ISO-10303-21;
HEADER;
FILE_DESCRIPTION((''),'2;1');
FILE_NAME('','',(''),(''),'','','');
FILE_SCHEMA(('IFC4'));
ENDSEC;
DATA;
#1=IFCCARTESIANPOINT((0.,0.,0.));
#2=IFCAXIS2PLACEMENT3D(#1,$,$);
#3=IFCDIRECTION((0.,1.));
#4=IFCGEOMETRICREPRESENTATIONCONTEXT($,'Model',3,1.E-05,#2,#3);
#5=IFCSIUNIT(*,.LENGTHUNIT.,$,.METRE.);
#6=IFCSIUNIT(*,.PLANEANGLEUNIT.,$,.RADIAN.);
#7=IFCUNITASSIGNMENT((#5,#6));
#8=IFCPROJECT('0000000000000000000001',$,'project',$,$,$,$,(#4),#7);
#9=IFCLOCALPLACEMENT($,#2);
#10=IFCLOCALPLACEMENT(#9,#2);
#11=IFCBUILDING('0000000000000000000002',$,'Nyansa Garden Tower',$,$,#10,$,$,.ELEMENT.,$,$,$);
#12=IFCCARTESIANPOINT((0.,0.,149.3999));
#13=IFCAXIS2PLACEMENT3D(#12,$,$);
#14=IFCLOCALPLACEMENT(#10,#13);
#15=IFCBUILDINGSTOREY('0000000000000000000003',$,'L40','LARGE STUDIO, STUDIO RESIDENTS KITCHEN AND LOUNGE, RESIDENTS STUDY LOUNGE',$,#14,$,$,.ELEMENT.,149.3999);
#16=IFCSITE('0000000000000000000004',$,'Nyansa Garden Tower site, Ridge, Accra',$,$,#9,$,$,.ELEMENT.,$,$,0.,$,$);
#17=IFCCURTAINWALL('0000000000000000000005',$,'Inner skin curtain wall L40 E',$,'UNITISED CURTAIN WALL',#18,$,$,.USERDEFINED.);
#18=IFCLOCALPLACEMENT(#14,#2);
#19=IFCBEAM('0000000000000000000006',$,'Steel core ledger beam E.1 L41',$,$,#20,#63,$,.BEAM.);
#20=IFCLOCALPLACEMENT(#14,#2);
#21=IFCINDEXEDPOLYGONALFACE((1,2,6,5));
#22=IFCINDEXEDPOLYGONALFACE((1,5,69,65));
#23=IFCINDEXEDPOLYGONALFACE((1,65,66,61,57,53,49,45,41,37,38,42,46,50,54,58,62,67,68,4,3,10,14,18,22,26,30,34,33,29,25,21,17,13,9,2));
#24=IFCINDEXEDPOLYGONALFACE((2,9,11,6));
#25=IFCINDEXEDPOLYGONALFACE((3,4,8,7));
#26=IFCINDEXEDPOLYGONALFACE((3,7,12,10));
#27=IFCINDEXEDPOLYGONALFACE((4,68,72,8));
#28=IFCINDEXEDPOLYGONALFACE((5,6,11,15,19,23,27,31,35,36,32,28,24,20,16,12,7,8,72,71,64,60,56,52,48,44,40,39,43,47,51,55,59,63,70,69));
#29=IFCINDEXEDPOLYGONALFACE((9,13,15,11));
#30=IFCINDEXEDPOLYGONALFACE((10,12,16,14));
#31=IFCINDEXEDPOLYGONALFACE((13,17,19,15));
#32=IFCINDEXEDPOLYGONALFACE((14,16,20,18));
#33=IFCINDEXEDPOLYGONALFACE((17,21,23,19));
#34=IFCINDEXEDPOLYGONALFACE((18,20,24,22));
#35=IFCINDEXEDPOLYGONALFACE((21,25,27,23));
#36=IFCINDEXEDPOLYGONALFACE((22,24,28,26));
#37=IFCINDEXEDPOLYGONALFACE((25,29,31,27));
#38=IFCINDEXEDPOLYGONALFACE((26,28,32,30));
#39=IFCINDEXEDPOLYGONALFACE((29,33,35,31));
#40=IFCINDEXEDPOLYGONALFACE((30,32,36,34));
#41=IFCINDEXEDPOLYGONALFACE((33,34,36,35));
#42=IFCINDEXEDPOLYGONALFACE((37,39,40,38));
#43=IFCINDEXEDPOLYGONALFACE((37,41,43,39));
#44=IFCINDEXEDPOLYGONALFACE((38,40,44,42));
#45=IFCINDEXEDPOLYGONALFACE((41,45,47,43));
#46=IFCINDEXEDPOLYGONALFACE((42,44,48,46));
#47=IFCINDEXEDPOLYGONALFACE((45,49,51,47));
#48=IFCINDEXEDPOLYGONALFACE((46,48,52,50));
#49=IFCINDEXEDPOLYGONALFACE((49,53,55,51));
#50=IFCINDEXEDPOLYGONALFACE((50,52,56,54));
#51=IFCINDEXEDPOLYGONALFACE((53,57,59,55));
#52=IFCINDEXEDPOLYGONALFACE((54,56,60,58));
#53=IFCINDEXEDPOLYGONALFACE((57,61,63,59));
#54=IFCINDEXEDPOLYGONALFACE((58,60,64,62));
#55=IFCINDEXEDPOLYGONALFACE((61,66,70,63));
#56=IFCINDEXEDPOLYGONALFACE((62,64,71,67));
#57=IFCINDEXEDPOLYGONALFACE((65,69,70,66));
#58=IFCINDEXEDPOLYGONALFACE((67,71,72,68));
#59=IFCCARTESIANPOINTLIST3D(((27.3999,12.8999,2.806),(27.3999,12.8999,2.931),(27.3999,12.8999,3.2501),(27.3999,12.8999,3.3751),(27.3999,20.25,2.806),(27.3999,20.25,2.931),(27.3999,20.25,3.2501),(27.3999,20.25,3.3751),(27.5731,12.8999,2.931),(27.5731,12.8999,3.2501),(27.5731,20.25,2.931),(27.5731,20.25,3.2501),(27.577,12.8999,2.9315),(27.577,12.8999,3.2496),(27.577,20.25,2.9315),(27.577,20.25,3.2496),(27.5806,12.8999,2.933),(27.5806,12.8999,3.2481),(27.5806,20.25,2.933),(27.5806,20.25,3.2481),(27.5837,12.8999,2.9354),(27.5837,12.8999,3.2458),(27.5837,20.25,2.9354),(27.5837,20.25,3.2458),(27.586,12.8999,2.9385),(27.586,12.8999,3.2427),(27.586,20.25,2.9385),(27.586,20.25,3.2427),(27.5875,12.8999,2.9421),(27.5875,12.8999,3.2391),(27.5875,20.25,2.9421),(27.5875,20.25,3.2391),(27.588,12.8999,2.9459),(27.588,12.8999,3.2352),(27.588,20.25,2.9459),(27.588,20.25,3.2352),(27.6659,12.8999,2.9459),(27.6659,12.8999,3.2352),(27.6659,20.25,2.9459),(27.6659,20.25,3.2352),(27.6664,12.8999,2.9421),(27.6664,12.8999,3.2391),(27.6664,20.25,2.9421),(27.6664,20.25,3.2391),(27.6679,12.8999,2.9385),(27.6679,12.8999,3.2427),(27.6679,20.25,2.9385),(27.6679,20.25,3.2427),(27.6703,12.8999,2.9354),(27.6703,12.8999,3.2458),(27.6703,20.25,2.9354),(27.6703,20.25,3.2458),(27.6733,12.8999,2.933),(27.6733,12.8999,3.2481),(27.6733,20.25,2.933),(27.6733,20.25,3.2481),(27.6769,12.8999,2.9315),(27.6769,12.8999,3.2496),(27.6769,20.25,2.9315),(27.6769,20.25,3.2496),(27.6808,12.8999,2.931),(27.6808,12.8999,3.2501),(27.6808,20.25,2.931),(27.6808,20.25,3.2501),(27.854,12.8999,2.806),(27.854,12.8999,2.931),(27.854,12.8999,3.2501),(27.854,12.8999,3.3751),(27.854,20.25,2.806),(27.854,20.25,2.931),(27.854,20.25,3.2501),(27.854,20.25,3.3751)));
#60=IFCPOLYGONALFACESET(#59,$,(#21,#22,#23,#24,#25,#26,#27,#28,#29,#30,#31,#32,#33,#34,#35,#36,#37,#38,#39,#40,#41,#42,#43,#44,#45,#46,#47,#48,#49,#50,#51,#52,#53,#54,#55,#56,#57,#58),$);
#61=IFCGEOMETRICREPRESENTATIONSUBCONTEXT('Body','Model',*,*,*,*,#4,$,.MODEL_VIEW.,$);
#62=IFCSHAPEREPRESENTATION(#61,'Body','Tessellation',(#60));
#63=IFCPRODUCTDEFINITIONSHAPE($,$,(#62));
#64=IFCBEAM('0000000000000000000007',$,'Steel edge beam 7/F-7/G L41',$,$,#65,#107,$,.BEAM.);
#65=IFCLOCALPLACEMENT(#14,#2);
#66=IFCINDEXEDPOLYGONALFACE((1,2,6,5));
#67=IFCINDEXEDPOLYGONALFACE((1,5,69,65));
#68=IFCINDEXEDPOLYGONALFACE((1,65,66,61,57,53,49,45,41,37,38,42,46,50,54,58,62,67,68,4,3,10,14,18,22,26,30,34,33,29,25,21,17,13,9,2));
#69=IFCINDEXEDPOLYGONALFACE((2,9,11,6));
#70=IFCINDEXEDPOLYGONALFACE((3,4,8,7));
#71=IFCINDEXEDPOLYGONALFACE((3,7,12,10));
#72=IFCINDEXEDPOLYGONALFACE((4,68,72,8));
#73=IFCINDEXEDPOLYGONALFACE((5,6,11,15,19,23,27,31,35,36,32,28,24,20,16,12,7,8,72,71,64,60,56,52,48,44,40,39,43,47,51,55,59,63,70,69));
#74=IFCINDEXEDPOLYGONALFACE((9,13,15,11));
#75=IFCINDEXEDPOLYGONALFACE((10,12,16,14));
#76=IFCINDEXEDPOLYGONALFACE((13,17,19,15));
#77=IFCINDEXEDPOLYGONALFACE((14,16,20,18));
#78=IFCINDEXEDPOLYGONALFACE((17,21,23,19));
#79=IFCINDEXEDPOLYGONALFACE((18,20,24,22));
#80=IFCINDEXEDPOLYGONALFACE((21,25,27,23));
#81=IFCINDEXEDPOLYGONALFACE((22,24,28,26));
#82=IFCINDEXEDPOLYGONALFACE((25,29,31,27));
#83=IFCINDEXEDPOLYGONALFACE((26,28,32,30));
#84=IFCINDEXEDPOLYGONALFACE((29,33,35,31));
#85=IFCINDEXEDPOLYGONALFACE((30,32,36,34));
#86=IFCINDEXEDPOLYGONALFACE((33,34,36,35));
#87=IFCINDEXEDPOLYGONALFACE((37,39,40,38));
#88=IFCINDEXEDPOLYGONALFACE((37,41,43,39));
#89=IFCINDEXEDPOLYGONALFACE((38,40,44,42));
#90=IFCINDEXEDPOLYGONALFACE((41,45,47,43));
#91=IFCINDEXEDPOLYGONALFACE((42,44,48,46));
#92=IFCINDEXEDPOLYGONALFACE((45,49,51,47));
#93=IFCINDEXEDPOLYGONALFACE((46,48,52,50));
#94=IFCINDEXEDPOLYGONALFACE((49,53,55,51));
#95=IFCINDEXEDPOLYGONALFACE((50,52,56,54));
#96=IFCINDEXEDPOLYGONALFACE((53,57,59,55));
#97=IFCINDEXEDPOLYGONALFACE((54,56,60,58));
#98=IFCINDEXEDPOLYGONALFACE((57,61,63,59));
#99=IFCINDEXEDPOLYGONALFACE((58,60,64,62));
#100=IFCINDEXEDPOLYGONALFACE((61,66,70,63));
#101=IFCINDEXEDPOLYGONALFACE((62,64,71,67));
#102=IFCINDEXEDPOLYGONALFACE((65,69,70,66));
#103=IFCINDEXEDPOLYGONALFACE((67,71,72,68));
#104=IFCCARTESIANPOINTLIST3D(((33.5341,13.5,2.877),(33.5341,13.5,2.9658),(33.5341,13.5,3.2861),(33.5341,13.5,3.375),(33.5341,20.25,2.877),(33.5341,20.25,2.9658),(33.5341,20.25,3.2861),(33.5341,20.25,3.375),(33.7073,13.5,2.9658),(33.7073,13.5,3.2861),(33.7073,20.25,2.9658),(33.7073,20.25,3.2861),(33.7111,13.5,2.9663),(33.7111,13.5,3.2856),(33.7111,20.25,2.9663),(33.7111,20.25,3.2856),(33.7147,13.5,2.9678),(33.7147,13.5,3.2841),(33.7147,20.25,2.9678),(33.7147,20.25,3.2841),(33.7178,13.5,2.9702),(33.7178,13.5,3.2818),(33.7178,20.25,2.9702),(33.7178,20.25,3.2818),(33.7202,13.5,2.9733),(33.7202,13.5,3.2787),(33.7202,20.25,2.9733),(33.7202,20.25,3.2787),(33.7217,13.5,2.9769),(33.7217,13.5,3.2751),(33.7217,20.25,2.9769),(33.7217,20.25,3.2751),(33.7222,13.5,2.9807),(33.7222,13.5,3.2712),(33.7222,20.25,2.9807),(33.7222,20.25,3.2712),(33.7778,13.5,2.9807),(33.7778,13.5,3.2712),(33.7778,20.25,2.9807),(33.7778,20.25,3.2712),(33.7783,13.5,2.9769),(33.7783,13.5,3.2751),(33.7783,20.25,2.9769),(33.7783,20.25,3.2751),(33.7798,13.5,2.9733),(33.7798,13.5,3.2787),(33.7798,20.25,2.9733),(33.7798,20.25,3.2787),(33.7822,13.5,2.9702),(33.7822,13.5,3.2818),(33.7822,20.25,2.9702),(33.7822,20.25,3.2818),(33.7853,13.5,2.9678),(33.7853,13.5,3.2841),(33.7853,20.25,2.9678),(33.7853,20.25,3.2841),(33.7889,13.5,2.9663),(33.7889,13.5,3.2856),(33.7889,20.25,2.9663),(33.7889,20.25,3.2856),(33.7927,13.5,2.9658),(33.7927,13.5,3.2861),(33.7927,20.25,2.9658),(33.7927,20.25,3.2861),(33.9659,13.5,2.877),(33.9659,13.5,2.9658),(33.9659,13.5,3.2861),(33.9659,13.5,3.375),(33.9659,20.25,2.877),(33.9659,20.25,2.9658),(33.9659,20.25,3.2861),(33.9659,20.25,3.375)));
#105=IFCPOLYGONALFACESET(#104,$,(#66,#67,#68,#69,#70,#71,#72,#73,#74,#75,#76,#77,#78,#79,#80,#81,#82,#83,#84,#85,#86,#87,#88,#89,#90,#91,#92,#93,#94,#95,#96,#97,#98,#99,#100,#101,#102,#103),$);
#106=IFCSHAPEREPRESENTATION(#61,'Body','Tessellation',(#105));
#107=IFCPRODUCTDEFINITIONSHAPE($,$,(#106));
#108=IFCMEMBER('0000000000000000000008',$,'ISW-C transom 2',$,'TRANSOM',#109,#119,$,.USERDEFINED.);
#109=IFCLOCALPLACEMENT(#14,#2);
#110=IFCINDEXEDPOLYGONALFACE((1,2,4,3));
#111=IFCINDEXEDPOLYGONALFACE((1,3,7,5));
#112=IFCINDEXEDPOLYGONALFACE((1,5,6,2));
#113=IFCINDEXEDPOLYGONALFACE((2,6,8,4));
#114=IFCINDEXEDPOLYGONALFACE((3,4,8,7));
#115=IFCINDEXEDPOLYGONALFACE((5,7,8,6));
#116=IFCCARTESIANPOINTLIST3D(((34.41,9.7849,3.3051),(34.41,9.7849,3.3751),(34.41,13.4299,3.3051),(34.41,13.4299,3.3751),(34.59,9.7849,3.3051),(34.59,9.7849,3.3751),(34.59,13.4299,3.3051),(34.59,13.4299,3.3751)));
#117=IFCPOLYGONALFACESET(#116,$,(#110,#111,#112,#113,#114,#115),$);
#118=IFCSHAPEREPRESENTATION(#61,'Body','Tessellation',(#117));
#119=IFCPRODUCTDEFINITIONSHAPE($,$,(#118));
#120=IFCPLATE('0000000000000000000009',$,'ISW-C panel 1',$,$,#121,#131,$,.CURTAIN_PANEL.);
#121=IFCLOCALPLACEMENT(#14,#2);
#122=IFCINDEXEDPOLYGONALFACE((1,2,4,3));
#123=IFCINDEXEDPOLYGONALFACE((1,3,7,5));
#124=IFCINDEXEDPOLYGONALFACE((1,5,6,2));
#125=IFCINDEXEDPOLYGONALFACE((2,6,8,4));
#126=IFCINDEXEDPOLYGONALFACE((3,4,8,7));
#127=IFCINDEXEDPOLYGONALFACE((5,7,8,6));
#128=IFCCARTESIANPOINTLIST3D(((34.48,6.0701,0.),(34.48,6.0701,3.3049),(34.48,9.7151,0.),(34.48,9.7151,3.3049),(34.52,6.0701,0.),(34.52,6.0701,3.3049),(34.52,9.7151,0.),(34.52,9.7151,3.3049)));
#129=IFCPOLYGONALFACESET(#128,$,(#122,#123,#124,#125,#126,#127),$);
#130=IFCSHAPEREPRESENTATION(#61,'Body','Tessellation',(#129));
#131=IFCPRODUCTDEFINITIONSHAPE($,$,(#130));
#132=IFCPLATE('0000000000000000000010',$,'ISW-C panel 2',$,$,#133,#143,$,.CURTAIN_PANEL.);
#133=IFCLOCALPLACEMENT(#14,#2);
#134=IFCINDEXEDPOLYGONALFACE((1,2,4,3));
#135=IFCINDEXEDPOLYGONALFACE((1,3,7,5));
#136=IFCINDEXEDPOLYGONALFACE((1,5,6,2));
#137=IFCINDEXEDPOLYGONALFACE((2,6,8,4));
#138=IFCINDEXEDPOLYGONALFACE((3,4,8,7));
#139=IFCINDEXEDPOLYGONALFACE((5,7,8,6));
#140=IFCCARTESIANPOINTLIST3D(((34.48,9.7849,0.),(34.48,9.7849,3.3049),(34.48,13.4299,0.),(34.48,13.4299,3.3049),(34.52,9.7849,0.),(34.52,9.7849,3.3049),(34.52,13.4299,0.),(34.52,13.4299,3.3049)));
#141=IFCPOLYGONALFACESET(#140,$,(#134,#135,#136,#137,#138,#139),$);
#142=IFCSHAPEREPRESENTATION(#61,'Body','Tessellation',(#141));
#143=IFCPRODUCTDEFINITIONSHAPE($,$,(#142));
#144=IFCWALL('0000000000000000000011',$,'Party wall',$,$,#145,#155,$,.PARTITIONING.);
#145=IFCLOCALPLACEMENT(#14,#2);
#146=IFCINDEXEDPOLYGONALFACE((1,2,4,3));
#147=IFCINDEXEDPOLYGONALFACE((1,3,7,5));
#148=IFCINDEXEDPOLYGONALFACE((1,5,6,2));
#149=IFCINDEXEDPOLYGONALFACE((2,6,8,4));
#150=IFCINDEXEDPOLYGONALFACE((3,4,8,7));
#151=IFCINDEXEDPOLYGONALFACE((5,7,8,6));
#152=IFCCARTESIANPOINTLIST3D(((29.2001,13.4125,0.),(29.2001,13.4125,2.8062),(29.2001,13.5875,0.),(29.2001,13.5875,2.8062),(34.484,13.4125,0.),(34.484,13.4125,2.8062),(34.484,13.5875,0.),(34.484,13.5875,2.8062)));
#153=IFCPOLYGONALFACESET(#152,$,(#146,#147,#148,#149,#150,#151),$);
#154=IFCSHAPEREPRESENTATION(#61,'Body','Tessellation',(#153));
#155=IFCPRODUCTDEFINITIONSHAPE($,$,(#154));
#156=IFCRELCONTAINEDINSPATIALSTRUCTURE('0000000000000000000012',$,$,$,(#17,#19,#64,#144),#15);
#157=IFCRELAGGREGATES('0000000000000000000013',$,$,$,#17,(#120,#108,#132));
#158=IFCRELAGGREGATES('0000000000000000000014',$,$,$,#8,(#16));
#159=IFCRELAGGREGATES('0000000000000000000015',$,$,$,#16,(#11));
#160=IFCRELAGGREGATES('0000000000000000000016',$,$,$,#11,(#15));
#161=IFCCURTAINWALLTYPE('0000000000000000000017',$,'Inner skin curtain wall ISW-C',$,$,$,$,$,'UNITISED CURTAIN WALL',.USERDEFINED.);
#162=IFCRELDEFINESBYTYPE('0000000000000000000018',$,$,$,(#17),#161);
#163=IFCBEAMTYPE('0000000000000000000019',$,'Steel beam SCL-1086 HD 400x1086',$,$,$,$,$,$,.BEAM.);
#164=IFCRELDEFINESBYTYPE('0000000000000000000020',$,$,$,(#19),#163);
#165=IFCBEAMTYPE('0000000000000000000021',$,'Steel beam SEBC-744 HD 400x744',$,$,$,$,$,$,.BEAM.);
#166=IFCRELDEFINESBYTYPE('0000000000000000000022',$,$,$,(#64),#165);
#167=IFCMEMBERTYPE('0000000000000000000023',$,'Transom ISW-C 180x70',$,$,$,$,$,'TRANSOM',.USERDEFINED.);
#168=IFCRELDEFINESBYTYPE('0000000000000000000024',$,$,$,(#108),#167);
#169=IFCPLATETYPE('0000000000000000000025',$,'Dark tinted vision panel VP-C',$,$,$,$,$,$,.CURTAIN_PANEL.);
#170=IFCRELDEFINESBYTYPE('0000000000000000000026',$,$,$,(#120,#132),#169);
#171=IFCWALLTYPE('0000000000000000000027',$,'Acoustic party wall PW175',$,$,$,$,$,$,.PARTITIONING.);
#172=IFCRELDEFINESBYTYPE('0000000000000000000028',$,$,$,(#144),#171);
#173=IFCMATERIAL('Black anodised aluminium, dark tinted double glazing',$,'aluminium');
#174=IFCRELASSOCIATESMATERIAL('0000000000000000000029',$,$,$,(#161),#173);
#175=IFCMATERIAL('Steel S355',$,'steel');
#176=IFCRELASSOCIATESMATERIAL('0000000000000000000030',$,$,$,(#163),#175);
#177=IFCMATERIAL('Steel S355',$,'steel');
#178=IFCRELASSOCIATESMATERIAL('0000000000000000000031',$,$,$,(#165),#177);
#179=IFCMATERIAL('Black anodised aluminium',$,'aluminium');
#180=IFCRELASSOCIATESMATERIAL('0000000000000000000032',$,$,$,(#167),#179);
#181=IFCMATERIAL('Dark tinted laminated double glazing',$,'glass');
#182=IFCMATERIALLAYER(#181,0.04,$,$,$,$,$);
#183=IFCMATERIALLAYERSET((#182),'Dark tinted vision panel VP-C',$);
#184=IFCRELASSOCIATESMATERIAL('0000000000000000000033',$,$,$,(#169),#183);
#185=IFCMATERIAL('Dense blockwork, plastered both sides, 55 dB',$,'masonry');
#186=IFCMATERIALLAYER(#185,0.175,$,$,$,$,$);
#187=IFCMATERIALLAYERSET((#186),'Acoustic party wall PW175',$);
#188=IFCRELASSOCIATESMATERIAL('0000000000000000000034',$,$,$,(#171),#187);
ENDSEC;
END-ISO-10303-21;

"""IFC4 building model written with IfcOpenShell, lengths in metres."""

from ifc_helpers import new_model, si_unit, direction, frame, frame_2d, origin, origin_2d, place, context, subcontext, project, spatial, rectangle, i_section, extrude, material, layer, layer_set, material_profile, profile_set, type_object, element, aggregate, save


model = new_model("IFC4")

# Units and contexts
model_context = context("Model", 3, precision=1e-05, world=origin(), true_north=direction((0.0, 1.0)))
body_context = subcontext(model_context, "Body", "Model", "MODEL_VIEW")
ifc_project = project(units=[si_unit("LENGTHUNIT", "METRE"), si_unit("PLANEANGLEUNIT", "RADIAN")], contexts=[model_context])

# Site, building, storey
site_placement = place(None, origin())
site = spatial("IfcSite", under=ifc_project, at=site_placement, Name="Nyansa Garden Tower site, Ridge, Accra", CompositionType="ELEMENT", RefElevation=0.0)
building_placement = place(site_placement, origin())
building = spatial("IfcBuilding", under=site, at=building_placement, Name="Nyansa Garden Tower", CompositionType="ELEMENT")
storey_placement = place(building_placement, frame((0.0, 0.0, 149.3999)))
storey = spatial("IfcBuildingStorey", under=building, at=storey_placement, Name="L40", Description="LARGE STUDIO, STUDIO RESIDENTS KITCHEN AND LOUNGE, RESIDENTS STUDY LOUNGE", CompositionType="ELEMENT", Elevation=149.3999)

# Curtain wall
ifc_material_1 = material(Name="Black anodised aluminium, dark tinted double glazing", Category="aluminium")
curtain_wall_type = type_object("IfcCurtainWallType", Name="Inner skin curtain wall ISW-C", ElementType="UNITISED CURTAIN WALL", PredefinedType="USERDEFINED", material=ifc_material_1)
curtain_wall_placement = place(storey_placement, origin())
curtain_wall = element("IfcCurtainWall", 1, at=curtain_wall_placement, inside=storey, type_object=curtain_wall_type, Name="Inner skin curtain wall L40 E", ObjectType="UNITISED CURTAIN WALL", PredefinedType="USERDEFINED")

# Beams
ifc_material_2 = material(Name="Steel S355", Category="steel")
ifc_material_profile_1 = material_profile(ifc_material_2, i_section(OverallWidth=0.4541, OverallDepth=0.5691, WebThickness=0.0779, FlangeThickness=0.125, FilletRadius=0.0149, at=origin_2d()), Name="HD 400x1086")
ifc_profile_set_1 = profile_set([ifc_material_profile_1], Name="Steel S355")
beam_type_1 = type_object("IfcBeamType", Name="Steel beam SCL-1086 HD 400x1086", PredefinedType="BEAM", material=ifc_profile_set_1)
beam_1_placement = place(storey_placement, frame((27.627, 12.8999, 3.0906), z_axis=(0.0, 1.0, 0.0), x_axis=(-1.0, 0.0, 0.0)))
element("IfcBeam", 2, at=beam_1_placement, inside=storey, type_object=beam_type_1, Name="Steel core ledger beam E.1 L41", PredefinedType="BEAM", context=body_context, shape_type="SweptSolid", body=[
    extrude(i_section(OverallWidth=0.4541, OverallDepth=0.5691, WebThickness=0.0779, FlangeThickness=0.125, FilletRadius=0.0149, at=origin_2d()), origin(), (0.0, 0.0, 1.0), 7.3501),
])
ifc_material_3 = material(Name="Steel S355", Category="steel")
ifc_material_profile_2 = material_profile(ifc_material_3, i_section(OverallWidth=0.4319, OverallDepth=0.498, WebThickness=0.0557, FlangeThickness=0.0889, FilletRadius=0.0149, at=origin_2d()), Name="HD 400x744")
ifc_profile_set_2 = profile_set([ifc_material_profile_2], Name="Steel S355")
beam_type_2 = type_object("IfcBeamType", Name="Steel beam SEBC-744 HD 400x744", PredefinedType="BEAM", material=ifc_profile_set_2)
beam_2_placement = place(storey_placement, frame((33.75, 13.5, 3.126), z_axis=(0.0, 1.0, 0.0), x_axis=(-1.0, 0.0, 0.0)))
element("IfcBeam", 3, at=beam_2_placement, inside=storey, type_object=beam_type_2, Name="Steel edge beam 7/F-7/G L41", PredefinedType="BEAM", context=body_context, shape_type="SweptSolid", body=[
    extrude(i_section(OverallWidth=0.4319, OverallDepth=0.498, WebThickness=0.0557, FlangeThickness=0.0889, FilletRadius=0.0149, at=origin_2d()), origin(), (0.0, 0.0, 1.0), 6.75),
])

# Member
ifc_material_4 = material(Name="Black anodised aluminium", Category="aluminium")
ifc_material_profile_3 = material_profile(ifc_material_4, rectangle(XDim=0.1799, YDim=0.0701, at=origin_2d()), Name="Transom 180x70")
ifc_profile_set_3 = profile_set([ifc_material_profile_3], Name="Black anodised aluminium")
member_type_1 = type_object("IfcMemberType", Name="Transom ISW-C 180x70", ElementType="TRANSOM", PredefinedType="USERDEFINED", material=ifc_profile_set_3)
member_1_placement = place(storey_placement, frame((34.5, 9.7849, 3.3401), z_axis=(0.0, 1.0, 0.0), x_axis=(-1.0, 0.0, 0.0)))
member_1 = element("IfcMember", 4, at=member_1_placement, type_object=member_type_1, Name="ISW-C transom 2", ObjectType="TRANSOM", PredefinedType="USERDEFINED", context=body_context, shape_type="SweptSolid", body=[
    extrude(rectangle(XDim=0.1799, YDim=0.0701, at=origin_2d()), origin(), (0.0, 0.0, 1.0), 3.645),
])

# Plates
ifc_material_5 = material(Name="Dark tinted laminated double glazing", Category="glass")
ifc_layer_1 = layer(ifc_material_5, 0.04)
ifc_layer_set_1 = layer_set([ifc_layer_1], Name="Dark tinted vision panel VP-C")
plate_type = type_object("IfcPlateType", Name="Dark tinted vision panel VP-C", PredefinedType="CURTAIN_PANEL", material=ifc_layer_set_1)
plate_1_placement = place(storey_placement, frame((34.5, 7.8926, 0.0), z_axis=(0.0, 0.0, 1.0), x_axis=(0.0, 1.0, 0.0)))
plate_1 = element("IfcPlate", 5, at=plate_1_placement, type_object=plate_type, Name="ISW-C panel 1", PredefinedType="CURTAIN_PANEL", context=body_context, shape_type="SweptSolid", body=[
    extrude(rectangle(XDim=3.645, YDim=0.04, at=origin_2d()), origin(), (0.0, 0.0, 1.0), 3.3049),
])
plate_2_placement = place(storey_placement, frame((34.5, 11.6074, 0.0), z_axis=(0.0, 0.0, 1.0), x_axis=(0.0, 1.0, 0.0)))
plate_2 = element("IfcPlate", 6, at=plate_2_placement, type_object=plate_type, Name="ISW-C panel 2", PredefinedType="CURTAIN_PANEL", context=body_context, shape_type="SweptSolid", body=[
    extrude(rectangle(XDim=3.645, YDim=0.04, at=origin_2d()), origin(), (0.0, 0.0, 1.0), 3.3049),
])
aggregate(curtain_wall, [plate_1, member_1, plate_2])

# Wall
ifc_material_6 = material(Name="Dense blockwork, plastered both sides, 55 dB", Category="masonry")
ifc_layer_2 = layer(ifc_material_6, 0.175)
ifc_layer_set_2 = layer_set([ifc_layer_2], Name="Acoustic party wall PW175")
wall_type_1 = type_object("IfcWallType", Name="Acoustic party wall PW175", PredefinedType="PARTITIONING", material=ifc_layer_set_2)
wall_1_placement = place(storey_placement, frame((29.2, 13.5, 0.0), z_axis=(0.0, 0.0, 1.0), x_axis=(1.0, 0.0, 0.0)))
element("IfcWall", 7, at=wall_1_placement, inside=storey, type_object=wall_type_1, Name="Party wall", PredefinedType="PARTITIONING", context=body_context, shape_type="SweptSolid", body=[
    extrude(rectangle(XDim=5.2839, YDim=0.175, at=frame_2d((2.6421, 0.0))), origin(), (0.0, 0.0, 1.0), 2.8062),
])

save(model, "model.ifc")
